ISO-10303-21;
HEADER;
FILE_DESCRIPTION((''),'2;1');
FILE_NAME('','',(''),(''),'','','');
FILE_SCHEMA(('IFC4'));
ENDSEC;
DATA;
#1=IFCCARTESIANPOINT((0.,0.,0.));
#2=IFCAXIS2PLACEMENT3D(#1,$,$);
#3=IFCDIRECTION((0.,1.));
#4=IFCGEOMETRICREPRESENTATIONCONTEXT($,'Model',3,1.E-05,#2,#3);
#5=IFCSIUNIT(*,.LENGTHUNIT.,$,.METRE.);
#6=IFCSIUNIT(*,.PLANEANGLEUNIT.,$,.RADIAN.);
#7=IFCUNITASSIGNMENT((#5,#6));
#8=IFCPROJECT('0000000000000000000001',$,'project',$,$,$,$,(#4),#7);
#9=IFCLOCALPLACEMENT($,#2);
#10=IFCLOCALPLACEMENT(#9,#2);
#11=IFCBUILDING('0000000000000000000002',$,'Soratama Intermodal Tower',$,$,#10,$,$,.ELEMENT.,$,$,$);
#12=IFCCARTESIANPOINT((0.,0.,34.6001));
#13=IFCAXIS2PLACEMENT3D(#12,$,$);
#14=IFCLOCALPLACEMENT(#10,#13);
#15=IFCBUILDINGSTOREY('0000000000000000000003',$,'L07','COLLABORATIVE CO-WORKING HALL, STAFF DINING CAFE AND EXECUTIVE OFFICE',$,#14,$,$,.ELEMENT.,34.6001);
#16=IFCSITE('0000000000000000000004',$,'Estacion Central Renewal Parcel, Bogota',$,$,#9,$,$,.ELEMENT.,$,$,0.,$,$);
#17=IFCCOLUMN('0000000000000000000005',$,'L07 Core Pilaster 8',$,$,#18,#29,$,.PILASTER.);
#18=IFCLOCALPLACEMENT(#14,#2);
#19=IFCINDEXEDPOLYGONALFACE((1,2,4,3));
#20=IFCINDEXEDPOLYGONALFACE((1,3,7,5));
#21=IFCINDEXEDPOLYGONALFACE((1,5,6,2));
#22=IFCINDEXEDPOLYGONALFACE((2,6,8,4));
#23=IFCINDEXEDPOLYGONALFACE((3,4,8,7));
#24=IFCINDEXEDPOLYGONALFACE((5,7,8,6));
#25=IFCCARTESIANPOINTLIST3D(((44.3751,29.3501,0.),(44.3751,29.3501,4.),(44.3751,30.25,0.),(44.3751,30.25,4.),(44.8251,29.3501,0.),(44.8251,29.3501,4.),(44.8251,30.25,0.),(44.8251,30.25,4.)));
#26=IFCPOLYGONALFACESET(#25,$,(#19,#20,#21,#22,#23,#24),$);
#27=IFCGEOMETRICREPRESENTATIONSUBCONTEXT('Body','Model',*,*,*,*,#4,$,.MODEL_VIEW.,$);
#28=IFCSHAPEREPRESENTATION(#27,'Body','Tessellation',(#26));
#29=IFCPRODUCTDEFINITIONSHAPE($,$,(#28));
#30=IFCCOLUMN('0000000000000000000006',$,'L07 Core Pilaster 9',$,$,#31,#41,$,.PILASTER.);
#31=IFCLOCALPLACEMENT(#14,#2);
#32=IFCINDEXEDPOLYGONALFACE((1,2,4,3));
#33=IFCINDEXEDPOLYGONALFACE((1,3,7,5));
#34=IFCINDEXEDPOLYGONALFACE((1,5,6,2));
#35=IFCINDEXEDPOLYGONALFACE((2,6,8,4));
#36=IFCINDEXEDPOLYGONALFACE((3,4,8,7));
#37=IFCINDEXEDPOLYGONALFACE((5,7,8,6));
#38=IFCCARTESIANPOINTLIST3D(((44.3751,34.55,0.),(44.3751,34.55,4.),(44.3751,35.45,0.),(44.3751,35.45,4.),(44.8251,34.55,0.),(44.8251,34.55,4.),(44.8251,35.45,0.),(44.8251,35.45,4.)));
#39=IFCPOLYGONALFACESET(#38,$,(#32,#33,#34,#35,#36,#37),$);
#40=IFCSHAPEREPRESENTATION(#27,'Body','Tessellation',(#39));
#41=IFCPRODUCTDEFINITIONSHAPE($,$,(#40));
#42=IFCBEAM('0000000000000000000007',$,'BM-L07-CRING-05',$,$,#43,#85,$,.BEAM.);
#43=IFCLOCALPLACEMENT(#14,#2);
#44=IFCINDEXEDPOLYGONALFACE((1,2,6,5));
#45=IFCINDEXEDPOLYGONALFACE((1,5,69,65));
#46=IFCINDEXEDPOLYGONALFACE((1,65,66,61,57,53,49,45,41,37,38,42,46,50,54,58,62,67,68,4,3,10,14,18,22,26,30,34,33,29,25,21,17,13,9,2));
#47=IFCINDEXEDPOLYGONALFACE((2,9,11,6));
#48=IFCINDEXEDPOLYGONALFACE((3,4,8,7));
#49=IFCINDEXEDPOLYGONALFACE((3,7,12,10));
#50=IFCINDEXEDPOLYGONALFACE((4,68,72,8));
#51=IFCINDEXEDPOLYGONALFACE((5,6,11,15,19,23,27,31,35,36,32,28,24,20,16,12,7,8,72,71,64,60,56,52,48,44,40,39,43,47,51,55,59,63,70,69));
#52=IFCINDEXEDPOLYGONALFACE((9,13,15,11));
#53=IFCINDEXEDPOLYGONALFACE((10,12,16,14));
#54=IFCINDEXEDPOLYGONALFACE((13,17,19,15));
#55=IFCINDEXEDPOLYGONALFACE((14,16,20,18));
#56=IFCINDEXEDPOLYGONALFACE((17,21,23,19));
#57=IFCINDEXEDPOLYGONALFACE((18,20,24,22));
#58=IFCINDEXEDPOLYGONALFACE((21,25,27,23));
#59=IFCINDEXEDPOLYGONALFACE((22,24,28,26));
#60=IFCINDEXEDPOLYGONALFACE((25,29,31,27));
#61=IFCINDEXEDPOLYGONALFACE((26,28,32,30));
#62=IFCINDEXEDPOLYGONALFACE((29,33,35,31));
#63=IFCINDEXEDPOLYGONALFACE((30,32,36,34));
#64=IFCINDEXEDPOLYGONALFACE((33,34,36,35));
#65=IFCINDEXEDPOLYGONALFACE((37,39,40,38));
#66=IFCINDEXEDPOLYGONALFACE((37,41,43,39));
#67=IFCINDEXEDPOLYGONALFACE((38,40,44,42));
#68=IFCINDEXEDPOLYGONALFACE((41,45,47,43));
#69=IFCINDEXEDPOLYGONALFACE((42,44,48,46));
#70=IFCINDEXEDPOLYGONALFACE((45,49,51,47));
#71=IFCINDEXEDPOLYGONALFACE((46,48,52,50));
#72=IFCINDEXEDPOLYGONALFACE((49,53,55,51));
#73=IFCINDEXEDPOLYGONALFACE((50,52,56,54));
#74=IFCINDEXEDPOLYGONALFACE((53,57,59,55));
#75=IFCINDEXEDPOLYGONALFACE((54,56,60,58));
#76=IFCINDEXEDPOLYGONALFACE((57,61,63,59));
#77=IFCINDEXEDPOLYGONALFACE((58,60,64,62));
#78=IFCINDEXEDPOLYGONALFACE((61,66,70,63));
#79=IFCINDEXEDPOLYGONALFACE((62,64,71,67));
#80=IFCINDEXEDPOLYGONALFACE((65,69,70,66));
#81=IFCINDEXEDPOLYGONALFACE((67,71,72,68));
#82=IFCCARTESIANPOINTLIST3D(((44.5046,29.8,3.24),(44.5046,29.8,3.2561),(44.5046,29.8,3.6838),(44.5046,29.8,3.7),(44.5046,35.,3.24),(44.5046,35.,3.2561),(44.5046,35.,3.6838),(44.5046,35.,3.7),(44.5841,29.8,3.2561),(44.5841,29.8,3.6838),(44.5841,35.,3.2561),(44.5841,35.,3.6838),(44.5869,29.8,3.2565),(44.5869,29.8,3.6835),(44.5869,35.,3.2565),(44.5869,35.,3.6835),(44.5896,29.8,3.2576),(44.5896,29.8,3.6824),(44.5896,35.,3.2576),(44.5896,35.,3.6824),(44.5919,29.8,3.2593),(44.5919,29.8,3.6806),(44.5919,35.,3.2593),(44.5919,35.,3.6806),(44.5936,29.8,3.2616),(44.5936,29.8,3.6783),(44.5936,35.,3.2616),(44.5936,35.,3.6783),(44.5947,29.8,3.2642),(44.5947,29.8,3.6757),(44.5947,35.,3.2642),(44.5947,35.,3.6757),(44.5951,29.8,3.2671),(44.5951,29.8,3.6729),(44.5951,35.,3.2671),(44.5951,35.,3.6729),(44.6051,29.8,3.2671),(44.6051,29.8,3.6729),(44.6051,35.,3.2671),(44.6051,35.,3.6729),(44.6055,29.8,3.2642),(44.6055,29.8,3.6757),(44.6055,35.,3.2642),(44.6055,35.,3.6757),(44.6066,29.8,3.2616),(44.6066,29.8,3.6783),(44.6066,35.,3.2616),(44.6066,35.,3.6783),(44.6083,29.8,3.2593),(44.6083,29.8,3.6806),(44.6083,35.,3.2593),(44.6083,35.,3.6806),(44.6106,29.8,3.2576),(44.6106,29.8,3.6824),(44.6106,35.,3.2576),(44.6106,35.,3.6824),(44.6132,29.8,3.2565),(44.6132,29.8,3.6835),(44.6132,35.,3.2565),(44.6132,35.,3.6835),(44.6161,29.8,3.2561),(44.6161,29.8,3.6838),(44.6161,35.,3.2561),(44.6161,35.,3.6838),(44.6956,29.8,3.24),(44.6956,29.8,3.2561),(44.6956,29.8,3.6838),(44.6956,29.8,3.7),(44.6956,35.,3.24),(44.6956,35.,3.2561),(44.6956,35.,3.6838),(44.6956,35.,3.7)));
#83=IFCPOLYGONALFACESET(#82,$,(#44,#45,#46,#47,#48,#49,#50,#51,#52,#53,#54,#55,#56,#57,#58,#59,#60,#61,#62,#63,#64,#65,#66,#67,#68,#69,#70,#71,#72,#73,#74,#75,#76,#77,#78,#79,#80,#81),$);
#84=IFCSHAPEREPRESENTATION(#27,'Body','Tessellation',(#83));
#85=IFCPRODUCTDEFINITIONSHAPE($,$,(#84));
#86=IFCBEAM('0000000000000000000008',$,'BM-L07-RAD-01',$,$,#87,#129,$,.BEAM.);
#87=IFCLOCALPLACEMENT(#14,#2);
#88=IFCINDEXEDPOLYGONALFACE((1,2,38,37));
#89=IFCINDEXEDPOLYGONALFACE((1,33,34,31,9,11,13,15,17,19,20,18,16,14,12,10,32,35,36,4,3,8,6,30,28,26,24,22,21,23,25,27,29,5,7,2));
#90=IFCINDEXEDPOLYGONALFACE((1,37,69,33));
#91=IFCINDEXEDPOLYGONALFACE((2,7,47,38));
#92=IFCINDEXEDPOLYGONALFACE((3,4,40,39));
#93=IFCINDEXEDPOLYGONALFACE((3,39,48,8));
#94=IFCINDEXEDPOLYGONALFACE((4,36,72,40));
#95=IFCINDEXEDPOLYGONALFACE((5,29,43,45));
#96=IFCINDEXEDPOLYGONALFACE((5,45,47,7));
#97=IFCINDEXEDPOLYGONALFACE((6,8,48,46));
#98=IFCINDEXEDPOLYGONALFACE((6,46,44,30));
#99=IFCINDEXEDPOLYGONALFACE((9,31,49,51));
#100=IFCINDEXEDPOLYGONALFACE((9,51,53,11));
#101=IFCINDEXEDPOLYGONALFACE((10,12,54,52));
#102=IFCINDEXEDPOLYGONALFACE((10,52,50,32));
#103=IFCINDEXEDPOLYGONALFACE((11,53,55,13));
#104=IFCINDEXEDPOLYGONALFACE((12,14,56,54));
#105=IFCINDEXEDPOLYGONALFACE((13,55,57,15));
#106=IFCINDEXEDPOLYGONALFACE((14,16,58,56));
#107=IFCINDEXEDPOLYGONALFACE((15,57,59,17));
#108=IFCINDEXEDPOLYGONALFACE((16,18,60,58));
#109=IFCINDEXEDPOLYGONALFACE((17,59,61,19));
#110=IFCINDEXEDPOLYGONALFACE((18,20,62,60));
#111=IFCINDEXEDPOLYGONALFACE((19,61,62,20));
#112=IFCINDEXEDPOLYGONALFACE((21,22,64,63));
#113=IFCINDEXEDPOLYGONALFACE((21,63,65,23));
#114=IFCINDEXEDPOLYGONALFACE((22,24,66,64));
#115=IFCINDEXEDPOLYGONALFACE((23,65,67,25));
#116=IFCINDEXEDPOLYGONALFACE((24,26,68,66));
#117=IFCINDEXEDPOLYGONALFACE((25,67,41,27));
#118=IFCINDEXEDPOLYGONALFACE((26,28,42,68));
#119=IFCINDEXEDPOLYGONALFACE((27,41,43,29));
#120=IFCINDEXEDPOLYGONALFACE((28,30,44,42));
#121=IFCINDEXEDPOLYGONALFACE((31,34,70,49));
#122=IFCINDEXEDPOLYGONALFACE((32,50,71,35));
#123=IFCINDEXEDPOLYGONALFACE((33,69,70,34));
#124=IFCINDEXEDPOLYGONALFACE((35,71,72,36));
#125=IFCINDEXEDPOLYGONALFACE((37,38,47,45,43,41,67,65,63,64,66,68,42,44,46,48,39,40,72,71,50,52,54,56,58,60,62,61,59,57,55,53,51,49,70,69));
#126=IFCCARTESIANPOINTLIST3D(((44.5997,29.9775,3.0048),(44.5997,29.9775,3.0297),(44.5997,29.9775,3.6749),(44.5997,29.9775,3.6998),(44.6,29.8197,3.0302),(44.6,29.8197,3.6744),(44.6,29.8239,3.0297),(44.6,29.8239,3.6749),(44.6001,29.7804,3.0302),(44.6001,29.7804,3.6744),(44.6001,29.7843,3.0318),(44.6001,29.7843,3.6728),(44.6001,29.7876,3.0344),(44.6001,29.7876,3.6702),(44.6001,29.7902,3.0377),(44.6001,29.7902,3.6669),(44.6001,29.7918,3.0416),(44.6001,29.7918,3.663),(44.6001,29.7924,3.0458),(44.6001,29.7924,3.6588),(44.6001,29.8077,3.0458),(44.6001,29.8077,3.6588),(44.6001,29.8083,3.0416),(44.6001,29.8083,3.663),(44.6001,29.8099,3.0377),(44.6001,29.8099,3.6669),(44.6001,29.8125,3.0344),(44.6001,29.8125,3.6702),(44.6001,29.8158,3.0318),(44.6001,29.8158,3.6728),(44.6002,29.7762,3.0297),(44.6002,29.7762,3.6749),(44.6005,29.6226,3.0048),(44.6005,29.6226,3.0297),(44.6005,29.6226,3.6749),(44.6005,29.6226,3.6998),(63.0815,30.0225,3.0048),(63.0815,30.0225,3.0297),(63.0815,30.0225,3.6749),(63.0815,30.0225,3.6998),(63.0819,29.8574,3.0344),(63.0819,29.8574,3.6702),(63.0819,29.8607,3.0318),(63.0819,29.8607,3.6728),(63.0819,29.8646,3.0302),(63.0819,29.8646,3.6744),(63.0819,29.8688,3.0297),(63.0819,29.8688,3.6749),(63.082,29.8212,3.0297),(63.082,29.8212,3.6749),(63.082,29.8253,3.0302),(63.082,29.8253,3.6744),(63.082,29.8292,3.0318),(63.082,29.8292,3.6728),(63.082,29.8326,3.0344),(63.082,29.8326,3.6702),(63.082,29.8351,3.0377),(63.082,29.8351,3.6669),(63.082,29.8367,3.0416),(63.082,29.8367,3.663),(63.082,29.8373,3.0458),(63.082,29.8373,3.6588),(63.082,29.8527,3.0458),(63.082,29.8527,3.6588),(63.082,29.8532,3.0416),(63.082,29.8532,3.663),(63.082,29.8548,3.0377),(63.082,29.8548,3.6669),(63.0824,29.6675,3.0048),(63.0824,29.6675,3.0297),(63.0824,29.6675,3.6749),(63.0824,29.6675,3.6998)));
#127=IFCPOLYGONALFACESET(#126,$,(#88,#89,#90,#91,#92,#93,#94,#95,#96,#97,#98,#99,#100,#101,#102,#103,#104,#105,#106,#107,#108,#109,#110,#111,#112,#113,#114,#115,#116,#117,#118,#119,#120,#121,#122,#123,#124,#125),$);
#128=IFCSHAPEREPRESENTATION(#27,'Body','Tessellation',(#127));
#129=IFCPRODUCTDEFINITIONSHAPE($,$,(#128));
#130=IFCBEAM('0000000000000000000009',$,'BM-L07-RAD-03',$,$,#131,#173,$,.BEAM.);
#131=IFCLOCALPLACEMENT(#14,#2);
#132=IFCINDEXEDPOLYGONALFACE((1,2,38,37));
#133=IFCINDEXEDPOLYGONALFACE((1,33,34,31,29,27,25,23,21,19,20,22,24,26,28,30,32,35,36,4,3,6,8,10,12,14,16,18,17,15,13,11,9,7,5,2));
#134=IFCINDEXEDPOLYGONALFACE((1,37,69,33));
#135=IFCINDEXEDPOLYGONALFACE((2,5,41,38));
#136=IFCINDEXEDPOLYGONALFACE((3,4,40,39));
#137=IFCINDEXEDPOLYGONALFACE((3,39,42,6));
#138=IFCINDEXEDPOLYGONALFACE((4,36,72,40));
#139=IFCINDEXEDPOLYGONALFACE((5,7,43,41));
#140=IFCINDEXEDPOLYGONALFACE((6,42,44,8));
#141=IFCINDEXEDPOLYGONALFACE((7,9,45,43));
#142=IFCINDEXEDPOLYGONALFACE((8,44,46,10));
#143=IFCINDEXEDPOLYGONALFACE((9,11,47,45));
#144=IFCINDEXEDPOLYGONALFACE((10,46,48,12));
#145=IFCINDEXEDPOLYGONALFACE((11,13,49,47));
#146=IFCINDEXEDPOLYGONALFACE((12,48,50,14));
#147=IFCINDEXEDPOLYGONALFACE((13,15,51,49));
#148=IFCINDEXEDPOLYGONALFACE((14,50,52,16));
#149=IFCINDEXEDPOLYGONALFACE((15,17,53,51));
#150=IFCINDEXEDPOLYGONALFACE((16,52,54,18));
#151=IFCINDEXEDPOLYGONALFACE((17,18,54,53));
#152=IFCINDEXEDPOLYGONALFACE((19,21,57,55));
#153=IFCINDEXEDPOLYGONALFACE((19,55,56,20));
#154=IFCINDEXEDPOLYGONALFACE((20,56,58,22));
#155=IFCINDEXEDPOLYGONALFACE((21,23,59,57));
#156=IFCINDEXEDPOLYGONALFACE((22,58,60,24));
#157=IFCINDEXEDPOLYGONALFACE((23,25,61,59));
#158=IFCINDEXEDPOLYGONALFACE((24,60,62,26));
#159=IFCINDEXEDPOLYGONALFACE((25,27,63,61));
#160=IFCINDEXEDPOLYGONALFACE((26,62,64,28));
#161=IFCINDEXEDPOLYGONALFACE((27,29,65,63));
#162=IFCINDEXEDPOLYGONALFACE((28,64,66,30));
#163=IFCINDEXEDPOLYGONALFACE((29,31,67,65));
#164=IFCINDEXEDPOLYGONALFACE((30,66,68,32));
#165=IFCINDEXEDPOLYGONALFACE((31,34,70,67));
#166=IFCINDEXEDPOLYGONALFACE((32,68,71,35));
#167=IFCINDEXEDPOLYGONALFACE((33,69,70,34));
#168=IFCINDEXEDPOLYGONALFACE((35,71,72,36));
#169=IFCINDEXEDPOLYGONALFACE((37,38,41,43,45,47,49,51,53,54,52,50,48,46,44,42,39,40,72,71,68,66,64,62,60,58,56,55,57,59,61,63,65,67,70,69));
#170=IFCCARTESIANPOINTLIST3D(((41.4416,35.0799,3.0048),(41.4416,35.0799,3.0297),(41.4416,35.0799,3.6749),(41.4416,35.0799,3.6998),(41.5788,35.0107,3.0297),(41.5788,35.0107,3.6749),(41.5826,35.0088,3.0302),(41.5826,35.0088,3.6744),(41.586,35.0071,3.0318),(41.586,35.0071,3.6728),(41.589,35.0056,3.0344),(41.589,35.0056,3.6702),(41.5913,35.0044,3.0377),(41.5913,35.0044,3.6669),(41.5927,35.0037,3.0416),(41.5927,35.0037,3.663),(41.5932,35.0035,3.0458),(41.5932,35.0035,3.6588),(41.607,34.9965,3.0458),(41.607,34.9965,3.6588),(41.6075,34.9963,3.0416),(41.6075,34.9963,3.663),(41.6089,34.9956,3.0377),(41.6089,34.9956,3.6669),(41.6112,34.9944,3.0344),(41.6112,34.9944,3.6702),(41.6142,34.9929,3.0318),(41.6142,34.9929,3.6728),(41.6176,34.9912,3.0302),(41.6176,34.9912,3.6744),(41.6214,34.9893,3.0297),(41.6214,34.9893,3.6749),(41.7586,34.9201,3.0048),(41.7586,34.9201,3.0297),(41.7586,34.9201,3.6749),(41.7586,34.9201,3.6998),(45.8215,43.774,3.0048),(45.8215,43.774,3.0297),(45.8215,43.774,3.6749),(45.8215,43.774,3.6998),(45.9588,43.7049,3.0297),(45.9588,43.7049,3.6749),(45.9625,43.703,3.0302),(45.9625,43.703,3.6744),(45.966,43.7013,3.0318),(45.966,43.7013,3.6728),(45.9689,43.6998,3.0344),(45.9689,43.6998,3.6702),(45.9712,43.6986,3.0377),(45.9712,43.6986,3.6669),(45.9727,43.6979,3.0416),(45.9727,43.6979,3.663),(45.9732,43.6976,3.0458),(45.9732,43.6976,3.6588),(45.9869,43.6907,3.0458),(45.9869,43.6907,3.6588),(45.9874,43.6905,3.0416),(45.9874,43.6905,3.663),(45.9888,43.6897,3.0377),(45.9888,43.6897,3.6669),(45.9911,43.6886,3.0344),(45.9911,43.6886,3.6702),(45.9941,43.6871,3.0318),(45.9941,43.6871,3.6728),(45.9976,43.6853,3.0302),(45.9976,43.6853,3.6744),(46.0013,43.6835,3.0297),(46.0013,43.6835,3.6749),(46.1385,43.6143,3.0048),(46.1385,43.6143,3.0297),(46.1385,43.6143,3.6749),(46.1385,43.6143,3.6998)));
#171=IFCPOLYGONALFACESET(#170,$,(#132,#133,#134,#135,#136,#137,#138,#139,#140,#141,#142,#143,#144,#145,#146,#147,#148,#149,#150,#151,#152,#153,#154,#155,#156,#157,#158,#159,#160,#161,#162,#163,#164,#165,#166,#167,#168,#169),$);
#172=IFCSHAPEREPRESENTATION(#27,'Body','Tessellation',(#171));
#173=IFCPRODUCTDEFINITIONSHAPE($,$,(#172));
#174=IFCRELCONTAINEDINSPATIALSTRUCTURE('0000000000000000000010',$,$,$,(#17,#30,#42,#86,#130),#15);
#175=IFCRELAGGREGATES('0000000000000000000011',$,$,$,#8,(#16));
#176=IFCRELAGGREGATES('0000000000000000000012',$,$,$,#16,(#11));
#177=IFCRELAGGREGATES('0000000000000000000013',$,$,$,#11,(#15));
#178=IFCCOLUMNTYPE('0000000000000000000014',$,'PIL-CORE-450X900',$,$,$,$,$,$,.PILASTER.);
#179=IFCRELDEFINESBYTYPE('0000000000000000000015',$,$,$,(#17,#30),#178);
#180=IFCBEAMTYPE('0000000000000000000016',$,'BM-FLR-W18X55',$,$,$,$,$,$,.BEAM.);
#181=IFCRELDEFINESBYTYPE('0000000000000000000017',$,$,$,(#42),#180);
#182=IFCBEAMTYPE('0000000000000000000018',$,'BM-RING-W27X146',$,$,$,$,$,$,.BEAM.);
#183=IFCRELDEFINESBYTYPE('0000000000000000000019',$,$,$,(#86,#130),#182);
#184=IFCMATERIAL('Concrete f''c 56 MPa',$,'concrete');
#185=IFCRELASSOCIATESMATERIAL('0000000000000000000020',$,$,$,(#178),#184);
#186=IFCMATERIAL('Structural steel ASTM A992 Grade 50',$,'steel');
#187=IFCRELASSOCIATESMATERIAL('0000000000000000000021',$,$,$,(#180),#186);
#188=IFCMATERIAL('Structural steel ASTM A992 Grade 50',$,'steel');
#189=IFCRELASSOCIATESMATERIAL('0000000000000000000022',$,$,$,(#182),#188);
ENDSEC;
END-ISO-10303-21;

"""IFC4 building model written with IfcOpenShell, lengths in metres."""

from ifc_helpers import new_model, si_unit, direction, frame, origin, origin_2d, place, context, subcontext, project, spatial, rectangle, i_section, extrude, material, material_profile, profile_set, type_object, element, save


model = new_model("IFC4")

# Units and contexts
model_context = context("Model", 3, precision=1e-05, world=origin(), true_north=direction((0.0, 1.0)))
body_context = subcontext(model_context, "Body", "Model", "MODEL_VIEW")
ifc_project = project(units=[si_unit("LENGTHUNIT", "METRE"), si_unit("PLANEANGLEUNIT", "RADIAN")], contexts=[model_context])

# Site, building, storey
site_placement = place(None, origin())
site = spatial("IfcSite", under=ifc_project, at=site_placement, Name="Estacion Central Renewal Parcel, Bogota", CompositionType="ELEMENT", RefElevation=0.0)
building_placement = place(site_placement, origin())
building = spatial("IfcBuilding", under=site, at=building_placement, Name="Soratama Intermodal Tower", CompositionType="ELEMENT")
storey_placement = place(building_placement, frame((0.0, 0.0, 34.6001)))
storey = spatial("IfcBuildingStorey", under=building, at=storey_placement, Name="L07", Description="COLLABORATIVE CO-WORKING HALL, STAFF DINING CAFE AND EXECUTIVE OFFICE", CompositionType="ELEMENT", Elevation=34.6001)

# Columns
ifc_material_1 = material(Name="Concrete f'c 56 MPa", Category="concrete")
ifc_material_profile_1 = material_profile(ifc_material_1, rectangle(XDim=0.45, YDim=0.8999, at=origin_2d()), Name="RC450X900")
ifc_profile_set_1 = profile_set([ifc_material_profile_1], Name="Concrete f'c 56 MPa")
column_type = type_object("IfcColumnType", Name="PIL-CORE-450X900", PredefinedType="PILASTER", material=ifc_profile_set_1)
for number, where, z_axis, x_axis, name in (
    (1, (44.6001, 29.8, 0.0), (0.0, 0.0, 1.0), (1.0, 0.0, 0.0), "L07 Core Pilaster 8"),
    (2, (44.6001, 35.0, 0.0), (0.0, 0.0, 1.0), (1.0, 0.0, 0.0), "L07 Core Pilaster 9"),
):
    element("IfcColumn", number, at=place(storey_placement, frame(where, z_axis=z_axis, x_axis=x_axis)), inside=storey, type_object=column_type, Name=name, PredefinedType="PILASTER", context=body_context, shape_type="SweptSolid", body=[
        extrude(rectangle(XDim=0.45, YDim=0.8999, at=origin_2d()), origin(), (0.0, 0.0, 1.0), 4.0),
    ])

# Beams
ifc_material_2 = material(Name="Structural steel ASTM A992 Grade 50", Category="steel")
ifc_material_profile_2 = material_profile(ifc_material_2, i_section(OverallWidth=0.1909, OverallDepth=0.46, WebThickness=0.01, FlangeThickness=0.0161, FilletRadius=0.011, at=origin_2d()), Name="W18X55")
ifc_profile_set_2 = profile_set([ifc_material_profile_2], Name="Structural steel ASTM A992 Grade 50")
beam_type_1 = type_object("IfcBeamType", Name="BM-FLR-W18X55", PredefinedType="BEAM", material=ifc_profile_set_2)
beam_1_placement = place(storey_placement, frame((44.6001, 29.8, 3.47), z_axis=(0.0, 1.0, 0.0), x_axis=(-1.0, 0.0, 0.0)))
element("IfcBeam", 3, at=beam_1_placement, inside=storey, type_object=beam_type_1, Name="BM-L07-CRING-05", PredefinedType="BEAM", context=body_context, shape_type="SweptSolid", body=[
    extrude(i_section(OverallWidth=0.1909, OverallDepth=0.46, WebThickness=0.01, FlangeThickness=0.0161, FilletRadius=0.011, at=origin_2d()), origin(), (0.0, 0.0, 1.0), 5.2),
])
ifc_material_3 = material(Name="Structural steel ASTM A992 Grade 50", Category="steel")
ifc_material_profile_3 = material_profile(ifc_material_3, i_section(OverallWidth=0.355, OverallDepth=0.6951, WebThickness=0.0154, FlangeThickness=0.0249, FilletRadius=0.0161, at=origin_2d()), Name="W27X146")
ifc_profile_set_3 = profile_set([ifc_material_profile_3], Name="Structural steel ASTM A992 Grade 50")
beam_type_2 = type_object("IfcBeamType", Name="BM-RING-W27X146", PredefinedType="BEAM", material=ifc_profile_set_3)
beam_2_placement = place(storey_placement, frame((44.6001, 29.8, 3.3523), z_axis=(0.999997, 0.002431, 0.0), x_axis=(-0.002431, 0.999997, 0.0)))
element("IfcBeam", 4, at=beam_2_placement, inside=storey, type_object=beam_type_2, Name="BM-L07-RAD-01", PredefinedType="BEAM", context=body_context, shape_type="SweptSolid", body=[
    extrude(i_section(OverallWidth=0.355, OverallDepth=0.6951, WebThickness=0.0154, FlangeThickness=0.0249, FilletRadius=0.0161, at=origin_2d()), origin(), (0.0, 0.0, 1.0), 18.4819),
])
beam_3_placement = place(storey_placement, frame((41.6001, 35.0, 3.3523), z_axis=(0.44991, 0.893074, 0.0), x_axis=(-0.893074, 0.44991, 0.0)))
element("IfcBeam", 5, at=beam_3_placement, inside=storey, type_object=beam_type_2, Name="BM-L07-RAD-03", PredefinedType="BEAM", context=body_context, shape_type="SweptSolid", body=[
    extrude(i_section(OverallWidth=0.355, OverallDepth=0.6951, WebThickness=0.0154, FlangeThickness=0.0249, FilletRadius=0.0161, at=origin_2d()), origin(), (0.0, 0.0, 1.0), 9.7351),
])

save(model, "model.ifc")
